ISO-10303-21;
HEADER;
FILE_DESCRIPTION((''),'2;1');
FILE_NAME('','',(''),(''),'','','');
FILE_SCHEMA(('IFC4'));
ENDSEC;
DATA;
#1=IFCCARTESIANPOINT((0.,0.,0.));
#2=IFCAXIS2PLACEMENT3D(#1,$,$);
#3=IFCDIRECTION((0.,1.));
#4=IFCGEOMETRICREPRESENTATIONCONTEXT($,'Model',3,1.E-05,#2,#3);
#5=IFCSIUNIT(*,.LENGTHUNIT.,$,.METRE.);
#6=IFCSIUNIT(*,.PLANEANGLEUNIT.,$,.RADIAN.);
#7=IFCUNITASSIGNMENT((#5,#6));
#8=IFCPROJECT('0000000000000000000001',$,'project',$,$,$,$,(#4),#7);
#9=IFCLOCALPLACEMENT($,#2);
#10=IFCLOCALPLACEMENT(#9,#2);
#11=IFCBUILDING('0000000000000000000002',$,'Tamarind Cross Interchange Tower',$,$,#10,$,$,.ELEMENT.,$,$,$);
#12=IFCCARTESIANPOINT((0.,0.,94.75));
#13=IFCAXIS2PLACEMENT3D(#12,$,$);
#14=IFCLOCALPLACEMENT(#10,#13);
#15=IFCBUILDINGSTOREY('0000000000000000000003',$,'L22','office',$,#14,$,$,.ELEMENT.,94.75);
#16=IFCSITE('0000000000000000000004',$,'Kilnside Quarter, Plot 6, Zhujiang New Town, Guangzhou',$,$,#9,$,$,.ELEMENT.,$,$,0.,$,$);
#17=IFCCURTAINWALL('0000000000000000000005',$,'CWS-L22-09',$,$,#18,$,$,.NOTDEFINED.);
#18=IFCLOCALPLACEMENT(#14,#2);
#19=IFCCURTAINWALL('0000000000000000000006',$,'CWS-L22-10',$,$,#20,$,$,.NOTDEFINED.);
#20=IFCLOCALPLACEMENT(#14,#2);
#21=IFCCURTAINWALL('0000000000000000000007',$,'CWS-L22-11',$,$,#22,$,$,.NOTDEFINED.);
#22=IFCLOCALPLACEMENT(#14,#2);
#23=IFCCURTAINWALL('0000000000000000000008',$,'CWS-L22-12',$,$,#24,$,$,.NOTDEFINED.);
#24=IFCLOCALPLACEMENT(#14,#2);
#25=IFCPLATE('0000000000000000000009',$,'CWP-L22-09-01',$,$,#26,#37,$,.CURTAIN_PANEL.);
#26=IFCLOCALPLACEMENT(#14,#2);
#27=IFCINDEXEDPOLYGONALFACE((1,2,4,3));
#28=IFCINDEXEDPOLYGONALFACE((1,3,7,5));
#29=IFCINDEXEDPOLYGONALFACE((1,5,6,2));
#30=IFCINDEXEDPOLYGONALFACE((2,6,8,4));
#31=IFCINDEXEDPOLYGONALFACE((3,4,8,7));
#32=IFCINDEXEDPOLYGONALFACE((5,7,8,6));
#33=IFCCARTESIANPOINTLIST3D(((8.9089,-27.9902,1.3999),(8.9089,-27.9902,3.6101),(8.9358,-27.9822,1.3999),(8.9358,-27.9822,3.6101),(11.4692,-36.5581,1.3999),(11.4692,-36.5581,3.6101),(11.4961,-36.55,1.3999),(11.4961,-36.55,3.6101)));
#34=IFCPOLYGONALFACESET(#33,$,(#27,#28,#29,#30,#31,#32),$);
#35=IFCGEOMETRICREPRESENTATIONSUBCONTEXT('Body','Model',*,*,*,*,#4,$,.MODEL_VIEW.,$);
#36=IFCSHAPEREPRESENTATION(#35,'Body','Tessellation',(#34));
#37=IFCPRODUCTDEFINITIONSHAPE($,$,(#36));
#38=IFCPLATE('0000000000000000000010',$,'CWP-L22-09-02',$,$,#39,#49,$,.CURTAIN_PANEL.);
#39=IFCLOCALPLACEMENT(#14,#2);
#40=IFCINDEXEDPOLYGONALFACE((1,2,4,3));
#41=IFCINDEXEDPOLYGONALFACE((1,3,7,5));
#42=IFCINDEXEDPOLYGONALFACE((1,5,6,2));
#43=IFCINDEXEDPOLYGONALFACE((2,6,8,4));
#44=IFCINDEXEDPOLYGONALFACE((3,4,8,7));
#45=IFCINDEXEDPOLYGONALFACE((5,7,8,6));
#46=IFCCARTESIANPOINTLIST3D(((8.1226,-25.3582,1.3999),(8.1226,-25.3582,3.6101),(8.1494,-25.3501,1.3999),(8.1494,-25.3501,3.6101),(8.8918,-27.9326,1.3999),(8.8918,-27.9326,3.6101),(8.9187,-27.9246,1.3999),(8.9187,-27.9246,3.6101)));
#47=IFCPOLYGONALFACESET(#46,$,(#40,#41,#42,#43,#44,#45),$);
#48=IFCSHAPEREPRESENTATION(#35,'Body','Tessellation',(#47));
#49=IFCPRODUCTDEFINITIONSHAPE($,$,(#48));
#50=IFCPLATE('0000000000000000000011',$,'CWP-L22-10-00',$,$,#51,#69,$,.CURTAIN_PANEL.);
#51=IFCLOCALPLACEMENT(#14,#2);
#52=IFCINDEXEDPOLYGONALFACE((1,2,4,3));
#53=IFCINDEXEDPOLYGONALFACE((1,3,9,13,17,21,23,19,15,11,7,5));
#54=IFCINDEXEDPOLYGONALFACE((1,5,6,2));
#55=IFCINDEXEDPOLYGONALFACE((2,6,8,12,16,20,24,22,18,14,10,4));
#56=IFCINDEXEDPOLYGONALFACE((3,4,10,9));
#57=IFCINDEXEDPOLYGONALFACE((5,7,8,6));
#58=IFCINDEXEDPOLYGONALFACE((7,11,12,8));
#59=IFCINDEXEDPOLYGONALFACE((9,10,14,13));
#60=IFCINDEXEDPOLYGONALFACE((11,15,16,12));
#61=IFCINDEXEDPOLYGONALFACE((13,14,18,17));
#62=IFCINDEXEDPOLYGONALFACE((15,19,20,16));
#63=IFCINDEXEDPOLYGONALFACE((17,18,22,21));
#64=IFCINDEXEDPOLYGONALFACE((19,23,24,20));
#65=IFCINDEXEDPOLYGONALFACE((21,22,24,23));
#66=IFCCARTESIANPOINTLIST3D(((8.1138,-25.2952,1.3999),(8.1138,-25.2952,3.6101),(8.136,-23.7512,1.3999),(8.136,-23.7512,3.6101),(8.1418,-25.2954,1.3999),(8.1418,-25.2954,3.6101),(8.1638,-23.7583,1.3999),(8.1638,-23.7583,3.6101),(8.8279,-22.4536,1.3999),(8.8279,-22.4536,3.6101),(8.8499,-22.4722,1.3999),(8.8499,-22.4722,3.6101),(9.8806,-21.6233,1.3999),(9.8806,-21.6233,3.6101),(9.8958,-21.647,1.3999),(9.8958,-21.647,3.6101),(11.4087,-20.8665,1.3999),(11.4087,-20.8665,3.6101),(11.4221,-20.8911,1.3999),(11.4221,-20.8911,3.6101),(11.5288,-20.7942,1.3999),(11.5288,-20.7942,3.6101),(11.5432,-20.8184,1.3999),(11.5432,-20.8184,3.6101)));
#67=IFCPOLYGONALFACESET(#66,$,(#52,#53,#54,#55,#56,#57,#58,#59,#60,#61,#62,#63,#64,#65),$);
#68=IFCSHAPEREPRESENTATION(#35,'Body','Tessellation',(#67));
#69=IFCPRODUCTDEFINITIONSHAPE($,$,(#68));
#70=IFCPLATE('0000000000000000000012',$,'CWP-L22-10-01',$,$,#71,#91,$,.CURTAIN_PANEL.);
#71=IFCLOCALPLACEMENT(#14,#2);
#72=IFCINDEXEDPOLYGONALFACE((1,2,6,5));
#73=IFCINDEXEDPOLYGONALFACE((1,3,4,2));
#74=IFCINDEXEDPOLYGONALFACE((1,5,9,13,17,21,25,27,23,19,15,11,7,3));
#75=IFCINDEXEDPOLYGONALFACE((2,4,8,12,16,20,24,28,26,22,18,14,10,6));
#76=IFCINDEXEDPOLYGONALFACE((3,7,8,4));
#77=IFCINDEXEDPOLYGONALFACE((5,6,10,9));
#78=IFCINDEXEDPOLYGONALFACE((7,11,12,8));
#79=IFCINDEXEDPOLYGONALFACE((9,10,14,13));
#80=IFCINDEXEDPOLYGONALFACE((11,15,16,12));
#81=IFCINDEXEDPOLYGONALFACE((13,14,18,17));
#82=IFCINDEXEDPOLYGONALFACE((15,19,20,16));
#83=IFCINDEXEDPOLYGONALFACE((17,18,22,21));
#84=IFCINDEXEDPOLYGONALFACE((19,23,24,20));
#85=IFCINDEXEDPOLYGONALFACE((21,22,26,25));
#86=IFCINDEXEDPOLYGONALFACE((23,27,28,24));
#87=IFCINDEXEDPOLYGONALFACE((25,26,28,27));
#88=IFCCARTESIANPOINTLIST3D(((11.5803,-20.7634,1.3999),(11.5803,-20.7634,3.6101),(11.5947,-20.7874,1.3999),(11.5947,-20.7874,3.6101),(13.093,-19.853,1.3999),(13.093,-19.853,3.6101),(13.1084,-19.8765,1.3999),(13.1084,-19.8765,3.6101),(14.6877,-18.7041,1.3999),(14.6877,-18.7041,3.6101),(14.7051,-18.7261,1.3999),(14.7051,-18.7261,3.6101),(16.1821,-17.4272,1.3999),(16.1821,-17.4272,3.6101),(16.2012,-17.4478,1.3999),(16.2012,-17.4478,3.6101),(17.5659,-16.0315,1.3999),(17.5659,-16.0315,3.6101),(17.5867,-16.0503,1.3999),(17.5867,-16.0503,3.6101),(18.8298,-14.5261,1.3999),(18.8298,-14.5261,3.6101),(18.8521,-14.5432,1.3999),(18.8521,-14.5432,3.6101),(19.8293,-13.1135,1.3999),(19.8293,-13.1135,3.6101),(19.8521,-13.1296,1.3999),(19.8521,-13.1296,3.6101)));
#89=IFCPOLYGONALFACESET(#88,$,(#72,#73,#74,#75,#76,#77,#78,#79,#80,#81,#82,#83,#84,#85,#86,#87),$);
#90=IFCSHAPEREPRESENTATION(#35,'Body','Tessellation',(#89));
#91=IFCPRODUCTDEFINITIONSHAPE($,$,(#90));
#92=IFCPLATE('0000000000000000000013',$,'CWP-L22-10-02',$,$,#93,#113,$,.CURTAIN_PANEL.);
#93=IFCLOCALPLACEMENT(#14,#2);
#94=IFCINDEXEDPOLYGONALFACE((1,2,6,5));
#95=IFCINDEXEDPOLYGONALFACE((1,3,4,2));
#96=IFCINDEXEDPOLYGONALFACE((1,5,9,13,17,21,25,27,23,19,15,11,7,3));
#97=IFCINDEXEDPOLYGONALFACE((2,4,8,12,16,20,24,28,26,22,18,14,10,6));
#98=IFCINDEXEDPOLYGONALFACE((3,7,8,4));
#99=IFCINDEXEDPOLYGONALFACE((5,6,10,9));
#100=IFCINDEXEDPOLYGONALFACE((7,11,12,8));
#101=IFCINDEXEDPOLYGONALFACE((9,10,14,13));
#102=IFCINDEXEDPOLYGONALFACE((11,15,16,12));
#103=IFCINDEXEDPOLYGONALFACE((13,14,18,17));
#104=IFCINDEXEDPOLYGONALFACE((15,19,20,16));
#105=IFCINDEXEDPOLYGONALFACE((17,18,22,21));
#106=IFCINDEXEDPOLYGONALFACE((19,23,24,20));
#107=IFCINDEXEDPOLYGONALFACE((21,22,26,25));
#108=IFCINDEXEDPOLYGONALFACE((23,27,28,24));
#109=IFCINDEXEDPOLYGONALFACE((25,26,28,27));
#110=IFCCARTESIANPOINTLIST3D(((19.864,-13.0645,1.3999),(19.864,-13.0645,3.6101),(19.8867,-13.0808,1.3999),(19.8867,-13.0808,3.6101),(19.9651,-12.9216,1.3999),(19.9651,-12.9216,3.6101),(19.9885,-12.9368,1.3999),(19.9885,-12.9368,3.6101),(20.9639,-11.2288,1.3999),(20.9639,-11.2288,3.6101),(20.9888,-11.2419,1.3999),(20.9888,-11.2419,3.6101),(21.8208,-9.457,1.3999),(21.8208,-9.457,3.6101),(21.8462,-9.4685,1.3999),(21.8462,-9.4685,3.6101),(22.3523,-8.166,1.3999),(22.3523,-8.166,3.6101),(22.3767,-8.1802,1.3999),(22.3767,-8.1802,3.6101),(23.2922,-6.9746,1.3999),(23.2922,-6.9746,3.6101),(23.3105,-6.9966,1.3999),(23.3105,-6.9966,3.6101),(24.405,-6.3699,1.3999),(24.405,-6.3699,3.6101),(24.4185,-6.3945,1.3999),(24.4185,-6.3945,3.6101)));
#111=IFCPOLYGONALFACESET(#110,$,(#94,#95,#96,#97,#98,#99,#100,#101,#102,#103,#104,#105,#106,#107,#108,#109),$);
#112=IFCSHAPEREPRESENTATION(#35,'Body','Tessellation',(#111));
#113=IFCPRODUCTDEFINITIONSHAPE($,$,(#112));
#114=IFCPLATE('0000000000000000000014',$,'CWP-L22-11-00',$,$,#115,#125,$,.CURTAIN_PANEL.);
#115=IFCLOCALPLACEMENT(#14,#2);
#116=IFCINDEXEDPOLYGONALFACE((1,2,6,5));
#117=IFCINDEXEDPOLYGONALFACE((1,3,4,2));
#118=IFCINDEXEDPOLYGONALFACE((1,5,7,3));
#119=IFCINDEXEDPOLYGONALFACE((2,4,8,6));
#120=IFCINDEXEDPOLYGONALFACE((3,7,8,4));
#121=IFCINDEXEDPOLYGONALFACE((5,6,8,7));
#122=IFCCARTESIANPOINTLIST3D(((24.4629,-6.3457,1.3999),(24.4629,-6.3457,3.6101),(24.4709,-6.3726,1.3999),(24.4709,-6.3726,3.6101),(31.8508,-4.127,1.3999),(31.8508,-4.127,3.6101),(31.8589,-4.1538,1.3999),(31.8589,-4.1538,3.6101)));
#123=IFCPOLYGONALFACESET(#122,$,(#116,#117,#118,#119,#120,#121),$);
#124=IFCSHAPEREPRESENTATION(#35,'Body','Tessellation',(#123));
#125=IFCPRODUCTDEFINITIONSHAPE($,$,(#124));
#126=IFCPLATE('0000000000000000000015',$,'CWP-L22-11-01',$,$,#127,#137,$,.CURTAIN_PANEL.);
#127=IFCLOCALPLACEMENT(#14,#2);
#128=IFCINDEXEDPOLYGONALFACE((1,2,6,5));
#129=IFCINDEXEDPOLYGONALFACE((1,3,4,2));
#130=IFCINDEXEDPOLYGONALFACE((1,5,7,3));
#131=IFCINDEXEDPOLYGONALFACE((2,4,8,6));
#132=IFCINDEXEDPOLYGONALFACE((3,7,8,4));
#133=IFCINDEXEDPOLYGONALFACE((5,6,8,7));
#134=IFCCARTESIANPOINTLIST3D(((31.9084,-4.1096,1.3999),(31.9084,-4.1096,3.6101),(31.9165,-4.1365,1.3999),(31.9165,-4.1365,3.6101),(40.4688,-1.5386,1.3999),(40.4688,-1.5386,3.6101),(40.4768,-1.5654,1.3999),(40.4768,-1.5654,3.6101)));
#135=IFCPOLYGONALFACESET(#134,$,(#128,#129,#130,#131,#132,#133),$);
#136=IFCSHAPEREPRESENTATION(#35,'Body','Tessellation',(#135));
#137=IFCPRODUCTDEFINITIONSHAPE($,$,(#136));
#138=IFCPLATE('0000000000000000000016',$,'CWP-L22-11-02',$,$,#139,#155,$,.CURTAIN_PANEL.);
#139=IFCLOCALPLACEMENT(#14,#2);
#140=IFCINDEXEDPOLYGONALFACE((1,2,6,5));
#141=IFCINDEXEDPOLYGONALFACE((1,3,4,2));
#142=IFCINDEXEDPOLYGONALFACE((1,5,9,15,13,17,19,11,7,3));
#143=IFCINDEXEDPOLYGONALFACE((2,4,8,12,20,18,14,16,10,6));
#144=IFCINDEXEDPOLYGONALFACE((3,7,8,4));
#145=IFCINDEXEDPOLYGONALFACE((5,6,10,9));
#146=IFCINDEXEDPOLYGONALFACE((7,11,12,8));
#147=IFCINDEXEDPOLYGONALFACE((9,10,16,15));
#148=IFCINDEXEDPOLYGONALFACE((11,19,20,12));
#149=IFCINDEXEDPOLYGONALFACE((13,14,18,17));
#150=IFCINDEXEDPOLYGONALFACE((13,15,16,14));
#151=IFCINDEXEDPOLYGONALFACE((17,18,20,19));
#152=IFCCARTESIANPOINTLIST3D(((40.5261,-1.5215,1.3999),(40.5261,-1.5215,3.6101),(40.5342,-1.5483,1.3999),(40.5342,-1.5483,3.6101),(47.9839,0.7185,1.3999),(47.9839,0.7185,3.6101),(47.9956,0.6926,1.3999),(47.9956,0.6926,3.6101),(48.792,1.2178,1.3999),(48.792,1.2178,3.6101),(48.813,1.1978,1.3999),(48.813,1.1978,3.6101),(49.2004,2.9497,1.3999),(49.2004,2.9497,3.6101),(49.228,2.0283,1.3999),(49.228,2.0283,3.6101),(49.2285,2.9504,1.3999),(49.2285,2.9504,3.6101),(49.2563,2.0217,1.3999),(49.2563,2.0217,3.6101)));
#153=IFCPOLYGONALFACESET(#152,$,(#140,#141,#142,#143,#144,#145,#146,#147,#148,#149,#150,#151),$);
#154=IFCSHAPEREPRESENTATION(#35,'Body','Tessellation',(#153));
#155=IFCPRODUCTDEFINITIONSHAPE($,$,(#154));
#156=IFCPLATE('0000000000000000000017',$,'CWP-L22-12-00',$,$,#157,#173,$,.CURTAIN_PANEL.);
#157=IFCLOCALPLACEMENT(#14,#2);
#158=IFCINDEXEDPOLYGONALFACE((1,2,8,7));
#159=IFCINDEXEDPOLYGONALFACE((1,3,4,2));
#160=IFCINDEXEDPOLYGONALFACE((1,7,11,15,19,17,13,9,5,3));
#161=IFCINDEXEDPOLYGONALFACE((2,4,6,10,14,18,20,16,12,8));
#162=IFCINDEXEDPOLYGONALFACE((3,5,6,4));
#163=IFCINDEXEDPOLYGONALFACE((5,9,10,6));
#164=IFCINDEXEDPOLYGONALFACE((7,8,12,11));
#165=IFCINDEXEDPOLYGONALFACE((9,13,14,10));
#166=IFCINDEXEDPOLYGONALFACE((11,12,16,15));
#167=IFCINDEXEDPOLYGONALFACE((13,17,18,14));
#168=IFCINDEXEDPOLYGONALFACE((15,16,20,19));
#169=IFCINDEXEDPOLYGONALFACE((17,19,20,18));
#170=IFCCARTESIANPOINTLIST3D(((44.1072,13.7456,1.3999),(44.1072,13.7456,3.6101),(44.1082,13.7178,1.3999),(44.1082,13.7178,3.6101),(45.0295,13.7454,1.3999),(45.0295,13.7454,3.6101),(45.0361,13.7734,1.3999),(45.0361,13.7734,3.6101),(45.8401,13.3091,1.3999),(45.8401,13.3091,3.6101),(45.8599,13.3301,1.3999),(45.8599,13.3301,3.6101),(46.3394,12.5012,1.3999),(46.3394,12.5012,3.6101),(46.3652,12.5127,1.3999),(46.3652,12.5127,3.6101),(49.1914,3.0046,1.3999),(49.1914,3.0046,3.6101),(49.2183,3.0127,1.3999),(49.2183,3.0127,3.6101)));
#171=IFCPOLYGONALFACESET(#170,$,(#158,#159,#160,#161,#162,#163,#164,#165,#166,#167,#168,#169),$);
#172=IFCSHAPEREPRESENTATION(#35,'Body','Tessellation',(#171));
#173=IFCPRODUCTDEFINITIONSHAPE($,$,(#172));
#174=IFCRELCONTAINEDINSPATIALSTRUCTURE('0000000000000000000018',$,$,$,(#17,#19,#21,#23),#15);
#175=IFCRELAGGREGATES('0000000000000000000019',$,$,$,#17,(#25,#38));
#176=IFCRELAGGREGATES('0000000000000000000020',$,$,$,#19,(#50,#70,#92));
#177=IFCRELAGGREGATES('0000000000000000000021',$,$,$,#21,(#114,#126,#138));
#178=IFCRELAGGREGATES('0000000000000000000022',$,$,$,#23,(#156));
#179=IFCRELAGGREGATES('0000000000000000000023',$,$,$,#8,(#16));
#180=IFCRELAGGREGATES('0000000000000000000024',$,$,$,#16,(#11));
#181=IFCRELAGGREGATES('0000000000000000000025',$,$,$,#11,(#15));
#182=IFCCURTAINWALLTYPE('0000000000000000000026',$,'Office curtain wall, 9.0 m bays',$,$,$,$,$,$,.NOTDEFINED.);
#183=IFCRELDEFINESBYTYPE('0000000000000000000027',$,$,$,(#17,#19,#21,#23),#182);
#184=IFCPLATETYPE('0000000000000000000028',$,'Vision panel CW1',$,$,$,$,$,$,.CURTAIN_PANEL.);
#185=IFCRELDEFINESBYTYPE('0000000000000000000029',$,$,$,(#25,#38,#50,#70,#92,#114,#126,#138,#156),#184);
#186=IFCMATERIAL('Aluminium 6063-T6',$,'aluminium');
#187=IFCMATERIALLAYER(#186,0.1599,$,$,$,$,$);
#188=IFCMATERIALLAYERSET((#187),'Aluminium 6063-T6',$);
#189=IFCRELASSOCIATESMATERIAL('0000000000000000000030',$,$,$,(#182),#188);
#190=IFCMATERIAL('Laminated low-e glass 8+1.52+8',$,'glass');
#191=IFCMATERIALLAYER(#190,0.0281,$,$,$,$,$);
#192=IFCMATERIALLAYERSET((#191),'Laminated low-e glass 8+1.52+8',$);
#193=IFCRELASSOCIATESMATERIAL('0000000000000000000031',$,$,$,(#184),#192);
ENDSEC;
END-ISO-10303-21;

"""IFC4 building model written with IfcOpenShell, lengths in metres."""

from ifc_helpers import new_model, si_unit, direction, frame, origin, place, context, subcontext, project, spatial, polyline, outline, extrude, material, layer, layer_set, type_object, element, aggregate, save


model = new_model("IFC4")

# Units and contexts
model_context = context("Model", 3, precision=1e-05, world=origin(), true_north=direction((0.0, 1.0)))
body_context = subcontext(model_context, "Body", "Model", "MODEL_VIEW")
ifc_project = project(units=[si_unit("LENGTHUNIT", "METRE"), si_unit("PLANEANGLEUNIT", "RADIAN")], contexts=[model_context])

# Site, building, storey
site_placement = place(None, origin())
site = spatial("IfcSite", under=ifc_project, at=site_placement, Name="Kilnside Quarter, Plot 6, Zhujiang New Town, Guangzhou", CompositionType="ELEMENT", RefElevation=0.0)
building_placement = place(site_placement, origin())
building = spatial("IfcBuilding", under=site, at=building_placement, Name="Tamarind Cross Interchange Tower", CompositionType="ELEMENT")
storey_placement = place(building_placement, frame((0.0, 0.0, 94.75)))
storey = spatial("IfcBuildingStorey", under=building, at=storey_placement, Name="L22", Description="office", CompositionType="ELEMENT", Elevation=94.75)

# Curtain walls
ifc_material_1 = material(Name="Aluminium 6063-T6", Category="aluminium")
ifc_layer_1 = layer(ifc_material_1, 0.1599)
ifc_layer_set_1 = layer_set([ifc_layer_1], Name="Aluminium 6063-T6")
curtain_wall_type = type_object("IfcCurtainWallType", Name="Office curtain wall, 9.0 m bays", PredefinedType="NOTDEFINED", material=ifc_layer_set_1)
curtain_wall_1_placement = place(storey_placement, origin())
curtain_wall_1 = element("IfcCurtainWall", 1, at=curtain_wall_1_placement, inside=storey, type_object=curtain_wall_type, Name="CWS-L22-09", PredefinedType="NOTDEFINED")
curtain_wall_2_placement = place(storey_placement, origin())
curtain_wall_2 = element("IfcCurtainWall", 2, at=curtain_wall_2_placement, inside=storey, type_object=curtain_wall_type, Name="CWS-L22-10", PredefinedType="NOTDEFINED")
curtain_wall_3_placement = place(storey_placement, origin())
curtain_wall_3 = element("IfcCurtainWall", 3, at=curtain_wall_3_placement, inside=storey, type_object=curtain_wall_type, Name="CWS-L22-11", PredefinedType="NOTDEFINED")
curtain_wall_4_placement = place(storey_placement, origin())
curtain_wall_4 = element("IfcCurtainWall", 4, at=curtain_wall_4_placement, inside=storey, type_object=curtain_wall_type, Name="CWS-L22-12", PredefinedType="NOTDEFINED")

# Plates
ifc_material_2 = material(Name="Laminated low-e glass 8+1.52+8", Category="glass")
ifc_layer_2 = layer(ifc_material_2, 0.0281)
ifc_layer_set_2 = layer_set([ifc_layer_2], Name="Laminated low-e glass 8+1.52+8")
plate_type = type_object("IfcPlateType", Name="Vision panel CW1", PredefinedType="CURTAIN_PANEL", material=ifc_layer_set_2)
plate_1_placement = place(storey_placement, frame((0.0, 0.0, 1.3999)))
plate_1 = element("IfcPlate", 5, at=plate_1_placement, type_object=plate_type, Name="CWP-L22-09-01", PredefinedType="CURTAIN_PANEL", context=body_context, shape_type="SweptSolid", body=[
    extrude(outline(polyline([(11.4692, -36.5581), (8.9089, -27.9902), (8.9358, -27.9822), (11.4961, -36.55), (11.4692, -36.5581)])), origin(), (0.0, 0.0, 1.0), 2.2102),
])
plate_2_placement = place(storey_placement, frame((0.0, 0.0, 1.3999)))
plate_2 = element("IfcPlate", 6, at=plate_2_placement, type_object=plate_type, Name="CWP-L22-09-02", PredefinedType="CURTAIN_PANEL", context=body_context, shape_type="SweptSolid", body=[
    extrude(outline(polyline([(8.8918, -27.9326), (8.1226, -25.3582), (8.1494, -25.3501), (8.9187, -27.9246), (8.8918, -27.9326)])), origin(), (0.0, 0.0, 1.0), 2.2102),
])
aggregate(curtain_wall_1, [plate_1, plate_2])
plate_3_placement = place(storey_placement, frame((0.0, 0.0, 1.3999)))
plate_3 = element("IfcPlate", 7, at=plate_3_placement, type_object=plate_type, Name="CWP-L22-10-00", PredefinedType="CURTAIN_PANEL", context=body_context, shape_type="SweptSolid", body=[
    extrude(outline(polyline([(8.1138, -25.2952), (8.136, -23.7512), (8.8279, -22.4536), (9.8806, -21.6233), (11.4087, -20.8665), (11.5288, -20.7942), (11.5432, -20.8184), (11.4221, -20.8911), (9.8958, -21.647), (8.8499, -22.4722), (8.1638, -23.7583), (8.1418, -25.2954), (8.1138, -25.2952)])), origin(), (0.0, 0.0, 1.0), 2.2102),
])
plate_4_placement = place(storey_placement, frame((0.0, 0.0, 1.3999)))
plate_4 = element("IfcPlate", 8, at=plate_4_placement, type_object=plate_type, Name="CWP-L22-10-01", PredefinedType="CURTAIN_PANEL", context=body_context, shape_type="SweptSolid", body=[
    extrude(outline(polyline([(11.5803, -20.7634), (13.093, -19.853), (14.6877, -18.7041), (16.1821, -17.4272), (17.5659, -16.0315), (18.8298, -14.5261), (19.8293, -13.1135), (19.8521, -13.1296), (18.8521, -14.5432), (17.5867, -16.0503), (16.2012, -17.4478), (14.7051, -18.7261), (13.1084, -19.8765), (11.5947, -20.7874), (11.5803, -20.7634)])), origin(), (0.0, 0.0, 1.0), 2.2102),
])
plate_5_placement = place(storey_placement, frame((0.0, 0.0, 1.3999)))
plate_5 = element("IfcPlate", 9, at=plate_5_placement, type_object=plate_type, Name="CWP-L22-10-02", PredefinedType="CURTAIN_PANEL", context=body_context, shape_type="SweptSolid", body=[
    extrude(outline(polyline([(19.864, -13.0645), (19.9651, -12.9216), (20.9639, -11.2288), (21.8208, -9.457), (22.3523, -8.166), (23.2922, -6.9746), (24.405, -6.3699), (24.4185, -6.3945), (23.3105, -6.9966), (22.3767, -8.1802), (21.8462, -9.4685), (20.9888, -11.2419), (19.9885, -12.9368), (19.8867, -13.0808), (19.864, -13.0645)])), origin(), (0.0, 0.0, 1.0), 2.2102),
])
aggregate(curtain_wall_2, [plate_3, plate_4, plate_5])
plate_6_placement = place(storey_placement, frame((0.0, 0.0, 1.3999)))
plate_6 = element("IfcPlate", 10, at=plate_6_placement, type_object=plate_type, Name="CWP-L22-11-00", PredefinedType="CURTAIN_PANEL", context=body_context, shape_type="SweptSolid", body=[
    extrude(outline(polyline([(24.4629, -6.3457), (31.8508, -4.127), (31.8589, -4.1538), (24.4709, -6.3726), (24.4629, -6.3457)])), origin(), (0.0, 0.0, 1.0), 2.2102),
])
plate_7_placement = place(storey_placement, frame((0.0, 0.0, 1.3999)))
plate_7 = element("IfcPlate", 11, at=plate_7_placement, type_object=plate_type, Name="CWP-L22-11-01", PredefinedType="CURTAIN_PANEL", context=body_context, shape_type="SweptSolid", body=[
    extrude(outline(polyline([(31.9084, -4.1096), (40.4688, -1.5386), (40.4768, -1.5654), (31.9165, -4.1365), (31.9084, -4.1096)])), origin(), (0.0, 0.0, 1.0), 2.2102),
])
plate_8_placement = place(storey_placement, frame((0.0, 0.0, 1.3999)))
plate_8 = element("IfcPlate", 12, at=plate_8_placement, type_object=plate_type, Name="CWP-L22-11-02", PredefinedType="CURTAIN_PANEL", context=body_context, shape_type="SweptSolid", body=[
    extrude(outline(polyline([(40.5261, -1.5215), (47.9839, 0.7185), (48.792, 1.2178), (49.228, 2.0283), (49.2004, 2.9497), (49.2285, 2.9504), (49.2563, 2.0217), (48.813, 1.1978), (47.9956, 0.6926), (40.5342, -1.5483), (40.5261, -1.5215)])), origin(), (0.0, 0.0, 1.0), 2.2102),
])
aggregate(curtain_wall_3, [plate_6, plate_7, plate_8])
plate_9_placement = place(storey_placement, frame((0.0, 0.0, 1.3999)))
plate_9 = element("IfcPlate", 13, at=plate_9_placement, type_object=plate_type, Name="CWP-L22-12-00", PredefinedType="CURTAIN_PANEL", context=body_context, shape_type="SweptSolid", body=[
    extrude(outline(polyline([(49.1914, 3.0046), (46.3394, 12.5012), (45.8401, 13.3091), (45.0295, 13.7454), (44.1082, 13.7178), (44.1072, 13.7456), (45.0361, 13.7734), (45.8599, 13.3301), (46.3652, 12.5127), (49.2183, 3.0127), (49.1914, 3.0046)])), origin(), (0.0, 0.0, 1.0), 2.2102),
])
aggregate(curtain_wall_4, [plate_9])

save(model, "model.ifc")
